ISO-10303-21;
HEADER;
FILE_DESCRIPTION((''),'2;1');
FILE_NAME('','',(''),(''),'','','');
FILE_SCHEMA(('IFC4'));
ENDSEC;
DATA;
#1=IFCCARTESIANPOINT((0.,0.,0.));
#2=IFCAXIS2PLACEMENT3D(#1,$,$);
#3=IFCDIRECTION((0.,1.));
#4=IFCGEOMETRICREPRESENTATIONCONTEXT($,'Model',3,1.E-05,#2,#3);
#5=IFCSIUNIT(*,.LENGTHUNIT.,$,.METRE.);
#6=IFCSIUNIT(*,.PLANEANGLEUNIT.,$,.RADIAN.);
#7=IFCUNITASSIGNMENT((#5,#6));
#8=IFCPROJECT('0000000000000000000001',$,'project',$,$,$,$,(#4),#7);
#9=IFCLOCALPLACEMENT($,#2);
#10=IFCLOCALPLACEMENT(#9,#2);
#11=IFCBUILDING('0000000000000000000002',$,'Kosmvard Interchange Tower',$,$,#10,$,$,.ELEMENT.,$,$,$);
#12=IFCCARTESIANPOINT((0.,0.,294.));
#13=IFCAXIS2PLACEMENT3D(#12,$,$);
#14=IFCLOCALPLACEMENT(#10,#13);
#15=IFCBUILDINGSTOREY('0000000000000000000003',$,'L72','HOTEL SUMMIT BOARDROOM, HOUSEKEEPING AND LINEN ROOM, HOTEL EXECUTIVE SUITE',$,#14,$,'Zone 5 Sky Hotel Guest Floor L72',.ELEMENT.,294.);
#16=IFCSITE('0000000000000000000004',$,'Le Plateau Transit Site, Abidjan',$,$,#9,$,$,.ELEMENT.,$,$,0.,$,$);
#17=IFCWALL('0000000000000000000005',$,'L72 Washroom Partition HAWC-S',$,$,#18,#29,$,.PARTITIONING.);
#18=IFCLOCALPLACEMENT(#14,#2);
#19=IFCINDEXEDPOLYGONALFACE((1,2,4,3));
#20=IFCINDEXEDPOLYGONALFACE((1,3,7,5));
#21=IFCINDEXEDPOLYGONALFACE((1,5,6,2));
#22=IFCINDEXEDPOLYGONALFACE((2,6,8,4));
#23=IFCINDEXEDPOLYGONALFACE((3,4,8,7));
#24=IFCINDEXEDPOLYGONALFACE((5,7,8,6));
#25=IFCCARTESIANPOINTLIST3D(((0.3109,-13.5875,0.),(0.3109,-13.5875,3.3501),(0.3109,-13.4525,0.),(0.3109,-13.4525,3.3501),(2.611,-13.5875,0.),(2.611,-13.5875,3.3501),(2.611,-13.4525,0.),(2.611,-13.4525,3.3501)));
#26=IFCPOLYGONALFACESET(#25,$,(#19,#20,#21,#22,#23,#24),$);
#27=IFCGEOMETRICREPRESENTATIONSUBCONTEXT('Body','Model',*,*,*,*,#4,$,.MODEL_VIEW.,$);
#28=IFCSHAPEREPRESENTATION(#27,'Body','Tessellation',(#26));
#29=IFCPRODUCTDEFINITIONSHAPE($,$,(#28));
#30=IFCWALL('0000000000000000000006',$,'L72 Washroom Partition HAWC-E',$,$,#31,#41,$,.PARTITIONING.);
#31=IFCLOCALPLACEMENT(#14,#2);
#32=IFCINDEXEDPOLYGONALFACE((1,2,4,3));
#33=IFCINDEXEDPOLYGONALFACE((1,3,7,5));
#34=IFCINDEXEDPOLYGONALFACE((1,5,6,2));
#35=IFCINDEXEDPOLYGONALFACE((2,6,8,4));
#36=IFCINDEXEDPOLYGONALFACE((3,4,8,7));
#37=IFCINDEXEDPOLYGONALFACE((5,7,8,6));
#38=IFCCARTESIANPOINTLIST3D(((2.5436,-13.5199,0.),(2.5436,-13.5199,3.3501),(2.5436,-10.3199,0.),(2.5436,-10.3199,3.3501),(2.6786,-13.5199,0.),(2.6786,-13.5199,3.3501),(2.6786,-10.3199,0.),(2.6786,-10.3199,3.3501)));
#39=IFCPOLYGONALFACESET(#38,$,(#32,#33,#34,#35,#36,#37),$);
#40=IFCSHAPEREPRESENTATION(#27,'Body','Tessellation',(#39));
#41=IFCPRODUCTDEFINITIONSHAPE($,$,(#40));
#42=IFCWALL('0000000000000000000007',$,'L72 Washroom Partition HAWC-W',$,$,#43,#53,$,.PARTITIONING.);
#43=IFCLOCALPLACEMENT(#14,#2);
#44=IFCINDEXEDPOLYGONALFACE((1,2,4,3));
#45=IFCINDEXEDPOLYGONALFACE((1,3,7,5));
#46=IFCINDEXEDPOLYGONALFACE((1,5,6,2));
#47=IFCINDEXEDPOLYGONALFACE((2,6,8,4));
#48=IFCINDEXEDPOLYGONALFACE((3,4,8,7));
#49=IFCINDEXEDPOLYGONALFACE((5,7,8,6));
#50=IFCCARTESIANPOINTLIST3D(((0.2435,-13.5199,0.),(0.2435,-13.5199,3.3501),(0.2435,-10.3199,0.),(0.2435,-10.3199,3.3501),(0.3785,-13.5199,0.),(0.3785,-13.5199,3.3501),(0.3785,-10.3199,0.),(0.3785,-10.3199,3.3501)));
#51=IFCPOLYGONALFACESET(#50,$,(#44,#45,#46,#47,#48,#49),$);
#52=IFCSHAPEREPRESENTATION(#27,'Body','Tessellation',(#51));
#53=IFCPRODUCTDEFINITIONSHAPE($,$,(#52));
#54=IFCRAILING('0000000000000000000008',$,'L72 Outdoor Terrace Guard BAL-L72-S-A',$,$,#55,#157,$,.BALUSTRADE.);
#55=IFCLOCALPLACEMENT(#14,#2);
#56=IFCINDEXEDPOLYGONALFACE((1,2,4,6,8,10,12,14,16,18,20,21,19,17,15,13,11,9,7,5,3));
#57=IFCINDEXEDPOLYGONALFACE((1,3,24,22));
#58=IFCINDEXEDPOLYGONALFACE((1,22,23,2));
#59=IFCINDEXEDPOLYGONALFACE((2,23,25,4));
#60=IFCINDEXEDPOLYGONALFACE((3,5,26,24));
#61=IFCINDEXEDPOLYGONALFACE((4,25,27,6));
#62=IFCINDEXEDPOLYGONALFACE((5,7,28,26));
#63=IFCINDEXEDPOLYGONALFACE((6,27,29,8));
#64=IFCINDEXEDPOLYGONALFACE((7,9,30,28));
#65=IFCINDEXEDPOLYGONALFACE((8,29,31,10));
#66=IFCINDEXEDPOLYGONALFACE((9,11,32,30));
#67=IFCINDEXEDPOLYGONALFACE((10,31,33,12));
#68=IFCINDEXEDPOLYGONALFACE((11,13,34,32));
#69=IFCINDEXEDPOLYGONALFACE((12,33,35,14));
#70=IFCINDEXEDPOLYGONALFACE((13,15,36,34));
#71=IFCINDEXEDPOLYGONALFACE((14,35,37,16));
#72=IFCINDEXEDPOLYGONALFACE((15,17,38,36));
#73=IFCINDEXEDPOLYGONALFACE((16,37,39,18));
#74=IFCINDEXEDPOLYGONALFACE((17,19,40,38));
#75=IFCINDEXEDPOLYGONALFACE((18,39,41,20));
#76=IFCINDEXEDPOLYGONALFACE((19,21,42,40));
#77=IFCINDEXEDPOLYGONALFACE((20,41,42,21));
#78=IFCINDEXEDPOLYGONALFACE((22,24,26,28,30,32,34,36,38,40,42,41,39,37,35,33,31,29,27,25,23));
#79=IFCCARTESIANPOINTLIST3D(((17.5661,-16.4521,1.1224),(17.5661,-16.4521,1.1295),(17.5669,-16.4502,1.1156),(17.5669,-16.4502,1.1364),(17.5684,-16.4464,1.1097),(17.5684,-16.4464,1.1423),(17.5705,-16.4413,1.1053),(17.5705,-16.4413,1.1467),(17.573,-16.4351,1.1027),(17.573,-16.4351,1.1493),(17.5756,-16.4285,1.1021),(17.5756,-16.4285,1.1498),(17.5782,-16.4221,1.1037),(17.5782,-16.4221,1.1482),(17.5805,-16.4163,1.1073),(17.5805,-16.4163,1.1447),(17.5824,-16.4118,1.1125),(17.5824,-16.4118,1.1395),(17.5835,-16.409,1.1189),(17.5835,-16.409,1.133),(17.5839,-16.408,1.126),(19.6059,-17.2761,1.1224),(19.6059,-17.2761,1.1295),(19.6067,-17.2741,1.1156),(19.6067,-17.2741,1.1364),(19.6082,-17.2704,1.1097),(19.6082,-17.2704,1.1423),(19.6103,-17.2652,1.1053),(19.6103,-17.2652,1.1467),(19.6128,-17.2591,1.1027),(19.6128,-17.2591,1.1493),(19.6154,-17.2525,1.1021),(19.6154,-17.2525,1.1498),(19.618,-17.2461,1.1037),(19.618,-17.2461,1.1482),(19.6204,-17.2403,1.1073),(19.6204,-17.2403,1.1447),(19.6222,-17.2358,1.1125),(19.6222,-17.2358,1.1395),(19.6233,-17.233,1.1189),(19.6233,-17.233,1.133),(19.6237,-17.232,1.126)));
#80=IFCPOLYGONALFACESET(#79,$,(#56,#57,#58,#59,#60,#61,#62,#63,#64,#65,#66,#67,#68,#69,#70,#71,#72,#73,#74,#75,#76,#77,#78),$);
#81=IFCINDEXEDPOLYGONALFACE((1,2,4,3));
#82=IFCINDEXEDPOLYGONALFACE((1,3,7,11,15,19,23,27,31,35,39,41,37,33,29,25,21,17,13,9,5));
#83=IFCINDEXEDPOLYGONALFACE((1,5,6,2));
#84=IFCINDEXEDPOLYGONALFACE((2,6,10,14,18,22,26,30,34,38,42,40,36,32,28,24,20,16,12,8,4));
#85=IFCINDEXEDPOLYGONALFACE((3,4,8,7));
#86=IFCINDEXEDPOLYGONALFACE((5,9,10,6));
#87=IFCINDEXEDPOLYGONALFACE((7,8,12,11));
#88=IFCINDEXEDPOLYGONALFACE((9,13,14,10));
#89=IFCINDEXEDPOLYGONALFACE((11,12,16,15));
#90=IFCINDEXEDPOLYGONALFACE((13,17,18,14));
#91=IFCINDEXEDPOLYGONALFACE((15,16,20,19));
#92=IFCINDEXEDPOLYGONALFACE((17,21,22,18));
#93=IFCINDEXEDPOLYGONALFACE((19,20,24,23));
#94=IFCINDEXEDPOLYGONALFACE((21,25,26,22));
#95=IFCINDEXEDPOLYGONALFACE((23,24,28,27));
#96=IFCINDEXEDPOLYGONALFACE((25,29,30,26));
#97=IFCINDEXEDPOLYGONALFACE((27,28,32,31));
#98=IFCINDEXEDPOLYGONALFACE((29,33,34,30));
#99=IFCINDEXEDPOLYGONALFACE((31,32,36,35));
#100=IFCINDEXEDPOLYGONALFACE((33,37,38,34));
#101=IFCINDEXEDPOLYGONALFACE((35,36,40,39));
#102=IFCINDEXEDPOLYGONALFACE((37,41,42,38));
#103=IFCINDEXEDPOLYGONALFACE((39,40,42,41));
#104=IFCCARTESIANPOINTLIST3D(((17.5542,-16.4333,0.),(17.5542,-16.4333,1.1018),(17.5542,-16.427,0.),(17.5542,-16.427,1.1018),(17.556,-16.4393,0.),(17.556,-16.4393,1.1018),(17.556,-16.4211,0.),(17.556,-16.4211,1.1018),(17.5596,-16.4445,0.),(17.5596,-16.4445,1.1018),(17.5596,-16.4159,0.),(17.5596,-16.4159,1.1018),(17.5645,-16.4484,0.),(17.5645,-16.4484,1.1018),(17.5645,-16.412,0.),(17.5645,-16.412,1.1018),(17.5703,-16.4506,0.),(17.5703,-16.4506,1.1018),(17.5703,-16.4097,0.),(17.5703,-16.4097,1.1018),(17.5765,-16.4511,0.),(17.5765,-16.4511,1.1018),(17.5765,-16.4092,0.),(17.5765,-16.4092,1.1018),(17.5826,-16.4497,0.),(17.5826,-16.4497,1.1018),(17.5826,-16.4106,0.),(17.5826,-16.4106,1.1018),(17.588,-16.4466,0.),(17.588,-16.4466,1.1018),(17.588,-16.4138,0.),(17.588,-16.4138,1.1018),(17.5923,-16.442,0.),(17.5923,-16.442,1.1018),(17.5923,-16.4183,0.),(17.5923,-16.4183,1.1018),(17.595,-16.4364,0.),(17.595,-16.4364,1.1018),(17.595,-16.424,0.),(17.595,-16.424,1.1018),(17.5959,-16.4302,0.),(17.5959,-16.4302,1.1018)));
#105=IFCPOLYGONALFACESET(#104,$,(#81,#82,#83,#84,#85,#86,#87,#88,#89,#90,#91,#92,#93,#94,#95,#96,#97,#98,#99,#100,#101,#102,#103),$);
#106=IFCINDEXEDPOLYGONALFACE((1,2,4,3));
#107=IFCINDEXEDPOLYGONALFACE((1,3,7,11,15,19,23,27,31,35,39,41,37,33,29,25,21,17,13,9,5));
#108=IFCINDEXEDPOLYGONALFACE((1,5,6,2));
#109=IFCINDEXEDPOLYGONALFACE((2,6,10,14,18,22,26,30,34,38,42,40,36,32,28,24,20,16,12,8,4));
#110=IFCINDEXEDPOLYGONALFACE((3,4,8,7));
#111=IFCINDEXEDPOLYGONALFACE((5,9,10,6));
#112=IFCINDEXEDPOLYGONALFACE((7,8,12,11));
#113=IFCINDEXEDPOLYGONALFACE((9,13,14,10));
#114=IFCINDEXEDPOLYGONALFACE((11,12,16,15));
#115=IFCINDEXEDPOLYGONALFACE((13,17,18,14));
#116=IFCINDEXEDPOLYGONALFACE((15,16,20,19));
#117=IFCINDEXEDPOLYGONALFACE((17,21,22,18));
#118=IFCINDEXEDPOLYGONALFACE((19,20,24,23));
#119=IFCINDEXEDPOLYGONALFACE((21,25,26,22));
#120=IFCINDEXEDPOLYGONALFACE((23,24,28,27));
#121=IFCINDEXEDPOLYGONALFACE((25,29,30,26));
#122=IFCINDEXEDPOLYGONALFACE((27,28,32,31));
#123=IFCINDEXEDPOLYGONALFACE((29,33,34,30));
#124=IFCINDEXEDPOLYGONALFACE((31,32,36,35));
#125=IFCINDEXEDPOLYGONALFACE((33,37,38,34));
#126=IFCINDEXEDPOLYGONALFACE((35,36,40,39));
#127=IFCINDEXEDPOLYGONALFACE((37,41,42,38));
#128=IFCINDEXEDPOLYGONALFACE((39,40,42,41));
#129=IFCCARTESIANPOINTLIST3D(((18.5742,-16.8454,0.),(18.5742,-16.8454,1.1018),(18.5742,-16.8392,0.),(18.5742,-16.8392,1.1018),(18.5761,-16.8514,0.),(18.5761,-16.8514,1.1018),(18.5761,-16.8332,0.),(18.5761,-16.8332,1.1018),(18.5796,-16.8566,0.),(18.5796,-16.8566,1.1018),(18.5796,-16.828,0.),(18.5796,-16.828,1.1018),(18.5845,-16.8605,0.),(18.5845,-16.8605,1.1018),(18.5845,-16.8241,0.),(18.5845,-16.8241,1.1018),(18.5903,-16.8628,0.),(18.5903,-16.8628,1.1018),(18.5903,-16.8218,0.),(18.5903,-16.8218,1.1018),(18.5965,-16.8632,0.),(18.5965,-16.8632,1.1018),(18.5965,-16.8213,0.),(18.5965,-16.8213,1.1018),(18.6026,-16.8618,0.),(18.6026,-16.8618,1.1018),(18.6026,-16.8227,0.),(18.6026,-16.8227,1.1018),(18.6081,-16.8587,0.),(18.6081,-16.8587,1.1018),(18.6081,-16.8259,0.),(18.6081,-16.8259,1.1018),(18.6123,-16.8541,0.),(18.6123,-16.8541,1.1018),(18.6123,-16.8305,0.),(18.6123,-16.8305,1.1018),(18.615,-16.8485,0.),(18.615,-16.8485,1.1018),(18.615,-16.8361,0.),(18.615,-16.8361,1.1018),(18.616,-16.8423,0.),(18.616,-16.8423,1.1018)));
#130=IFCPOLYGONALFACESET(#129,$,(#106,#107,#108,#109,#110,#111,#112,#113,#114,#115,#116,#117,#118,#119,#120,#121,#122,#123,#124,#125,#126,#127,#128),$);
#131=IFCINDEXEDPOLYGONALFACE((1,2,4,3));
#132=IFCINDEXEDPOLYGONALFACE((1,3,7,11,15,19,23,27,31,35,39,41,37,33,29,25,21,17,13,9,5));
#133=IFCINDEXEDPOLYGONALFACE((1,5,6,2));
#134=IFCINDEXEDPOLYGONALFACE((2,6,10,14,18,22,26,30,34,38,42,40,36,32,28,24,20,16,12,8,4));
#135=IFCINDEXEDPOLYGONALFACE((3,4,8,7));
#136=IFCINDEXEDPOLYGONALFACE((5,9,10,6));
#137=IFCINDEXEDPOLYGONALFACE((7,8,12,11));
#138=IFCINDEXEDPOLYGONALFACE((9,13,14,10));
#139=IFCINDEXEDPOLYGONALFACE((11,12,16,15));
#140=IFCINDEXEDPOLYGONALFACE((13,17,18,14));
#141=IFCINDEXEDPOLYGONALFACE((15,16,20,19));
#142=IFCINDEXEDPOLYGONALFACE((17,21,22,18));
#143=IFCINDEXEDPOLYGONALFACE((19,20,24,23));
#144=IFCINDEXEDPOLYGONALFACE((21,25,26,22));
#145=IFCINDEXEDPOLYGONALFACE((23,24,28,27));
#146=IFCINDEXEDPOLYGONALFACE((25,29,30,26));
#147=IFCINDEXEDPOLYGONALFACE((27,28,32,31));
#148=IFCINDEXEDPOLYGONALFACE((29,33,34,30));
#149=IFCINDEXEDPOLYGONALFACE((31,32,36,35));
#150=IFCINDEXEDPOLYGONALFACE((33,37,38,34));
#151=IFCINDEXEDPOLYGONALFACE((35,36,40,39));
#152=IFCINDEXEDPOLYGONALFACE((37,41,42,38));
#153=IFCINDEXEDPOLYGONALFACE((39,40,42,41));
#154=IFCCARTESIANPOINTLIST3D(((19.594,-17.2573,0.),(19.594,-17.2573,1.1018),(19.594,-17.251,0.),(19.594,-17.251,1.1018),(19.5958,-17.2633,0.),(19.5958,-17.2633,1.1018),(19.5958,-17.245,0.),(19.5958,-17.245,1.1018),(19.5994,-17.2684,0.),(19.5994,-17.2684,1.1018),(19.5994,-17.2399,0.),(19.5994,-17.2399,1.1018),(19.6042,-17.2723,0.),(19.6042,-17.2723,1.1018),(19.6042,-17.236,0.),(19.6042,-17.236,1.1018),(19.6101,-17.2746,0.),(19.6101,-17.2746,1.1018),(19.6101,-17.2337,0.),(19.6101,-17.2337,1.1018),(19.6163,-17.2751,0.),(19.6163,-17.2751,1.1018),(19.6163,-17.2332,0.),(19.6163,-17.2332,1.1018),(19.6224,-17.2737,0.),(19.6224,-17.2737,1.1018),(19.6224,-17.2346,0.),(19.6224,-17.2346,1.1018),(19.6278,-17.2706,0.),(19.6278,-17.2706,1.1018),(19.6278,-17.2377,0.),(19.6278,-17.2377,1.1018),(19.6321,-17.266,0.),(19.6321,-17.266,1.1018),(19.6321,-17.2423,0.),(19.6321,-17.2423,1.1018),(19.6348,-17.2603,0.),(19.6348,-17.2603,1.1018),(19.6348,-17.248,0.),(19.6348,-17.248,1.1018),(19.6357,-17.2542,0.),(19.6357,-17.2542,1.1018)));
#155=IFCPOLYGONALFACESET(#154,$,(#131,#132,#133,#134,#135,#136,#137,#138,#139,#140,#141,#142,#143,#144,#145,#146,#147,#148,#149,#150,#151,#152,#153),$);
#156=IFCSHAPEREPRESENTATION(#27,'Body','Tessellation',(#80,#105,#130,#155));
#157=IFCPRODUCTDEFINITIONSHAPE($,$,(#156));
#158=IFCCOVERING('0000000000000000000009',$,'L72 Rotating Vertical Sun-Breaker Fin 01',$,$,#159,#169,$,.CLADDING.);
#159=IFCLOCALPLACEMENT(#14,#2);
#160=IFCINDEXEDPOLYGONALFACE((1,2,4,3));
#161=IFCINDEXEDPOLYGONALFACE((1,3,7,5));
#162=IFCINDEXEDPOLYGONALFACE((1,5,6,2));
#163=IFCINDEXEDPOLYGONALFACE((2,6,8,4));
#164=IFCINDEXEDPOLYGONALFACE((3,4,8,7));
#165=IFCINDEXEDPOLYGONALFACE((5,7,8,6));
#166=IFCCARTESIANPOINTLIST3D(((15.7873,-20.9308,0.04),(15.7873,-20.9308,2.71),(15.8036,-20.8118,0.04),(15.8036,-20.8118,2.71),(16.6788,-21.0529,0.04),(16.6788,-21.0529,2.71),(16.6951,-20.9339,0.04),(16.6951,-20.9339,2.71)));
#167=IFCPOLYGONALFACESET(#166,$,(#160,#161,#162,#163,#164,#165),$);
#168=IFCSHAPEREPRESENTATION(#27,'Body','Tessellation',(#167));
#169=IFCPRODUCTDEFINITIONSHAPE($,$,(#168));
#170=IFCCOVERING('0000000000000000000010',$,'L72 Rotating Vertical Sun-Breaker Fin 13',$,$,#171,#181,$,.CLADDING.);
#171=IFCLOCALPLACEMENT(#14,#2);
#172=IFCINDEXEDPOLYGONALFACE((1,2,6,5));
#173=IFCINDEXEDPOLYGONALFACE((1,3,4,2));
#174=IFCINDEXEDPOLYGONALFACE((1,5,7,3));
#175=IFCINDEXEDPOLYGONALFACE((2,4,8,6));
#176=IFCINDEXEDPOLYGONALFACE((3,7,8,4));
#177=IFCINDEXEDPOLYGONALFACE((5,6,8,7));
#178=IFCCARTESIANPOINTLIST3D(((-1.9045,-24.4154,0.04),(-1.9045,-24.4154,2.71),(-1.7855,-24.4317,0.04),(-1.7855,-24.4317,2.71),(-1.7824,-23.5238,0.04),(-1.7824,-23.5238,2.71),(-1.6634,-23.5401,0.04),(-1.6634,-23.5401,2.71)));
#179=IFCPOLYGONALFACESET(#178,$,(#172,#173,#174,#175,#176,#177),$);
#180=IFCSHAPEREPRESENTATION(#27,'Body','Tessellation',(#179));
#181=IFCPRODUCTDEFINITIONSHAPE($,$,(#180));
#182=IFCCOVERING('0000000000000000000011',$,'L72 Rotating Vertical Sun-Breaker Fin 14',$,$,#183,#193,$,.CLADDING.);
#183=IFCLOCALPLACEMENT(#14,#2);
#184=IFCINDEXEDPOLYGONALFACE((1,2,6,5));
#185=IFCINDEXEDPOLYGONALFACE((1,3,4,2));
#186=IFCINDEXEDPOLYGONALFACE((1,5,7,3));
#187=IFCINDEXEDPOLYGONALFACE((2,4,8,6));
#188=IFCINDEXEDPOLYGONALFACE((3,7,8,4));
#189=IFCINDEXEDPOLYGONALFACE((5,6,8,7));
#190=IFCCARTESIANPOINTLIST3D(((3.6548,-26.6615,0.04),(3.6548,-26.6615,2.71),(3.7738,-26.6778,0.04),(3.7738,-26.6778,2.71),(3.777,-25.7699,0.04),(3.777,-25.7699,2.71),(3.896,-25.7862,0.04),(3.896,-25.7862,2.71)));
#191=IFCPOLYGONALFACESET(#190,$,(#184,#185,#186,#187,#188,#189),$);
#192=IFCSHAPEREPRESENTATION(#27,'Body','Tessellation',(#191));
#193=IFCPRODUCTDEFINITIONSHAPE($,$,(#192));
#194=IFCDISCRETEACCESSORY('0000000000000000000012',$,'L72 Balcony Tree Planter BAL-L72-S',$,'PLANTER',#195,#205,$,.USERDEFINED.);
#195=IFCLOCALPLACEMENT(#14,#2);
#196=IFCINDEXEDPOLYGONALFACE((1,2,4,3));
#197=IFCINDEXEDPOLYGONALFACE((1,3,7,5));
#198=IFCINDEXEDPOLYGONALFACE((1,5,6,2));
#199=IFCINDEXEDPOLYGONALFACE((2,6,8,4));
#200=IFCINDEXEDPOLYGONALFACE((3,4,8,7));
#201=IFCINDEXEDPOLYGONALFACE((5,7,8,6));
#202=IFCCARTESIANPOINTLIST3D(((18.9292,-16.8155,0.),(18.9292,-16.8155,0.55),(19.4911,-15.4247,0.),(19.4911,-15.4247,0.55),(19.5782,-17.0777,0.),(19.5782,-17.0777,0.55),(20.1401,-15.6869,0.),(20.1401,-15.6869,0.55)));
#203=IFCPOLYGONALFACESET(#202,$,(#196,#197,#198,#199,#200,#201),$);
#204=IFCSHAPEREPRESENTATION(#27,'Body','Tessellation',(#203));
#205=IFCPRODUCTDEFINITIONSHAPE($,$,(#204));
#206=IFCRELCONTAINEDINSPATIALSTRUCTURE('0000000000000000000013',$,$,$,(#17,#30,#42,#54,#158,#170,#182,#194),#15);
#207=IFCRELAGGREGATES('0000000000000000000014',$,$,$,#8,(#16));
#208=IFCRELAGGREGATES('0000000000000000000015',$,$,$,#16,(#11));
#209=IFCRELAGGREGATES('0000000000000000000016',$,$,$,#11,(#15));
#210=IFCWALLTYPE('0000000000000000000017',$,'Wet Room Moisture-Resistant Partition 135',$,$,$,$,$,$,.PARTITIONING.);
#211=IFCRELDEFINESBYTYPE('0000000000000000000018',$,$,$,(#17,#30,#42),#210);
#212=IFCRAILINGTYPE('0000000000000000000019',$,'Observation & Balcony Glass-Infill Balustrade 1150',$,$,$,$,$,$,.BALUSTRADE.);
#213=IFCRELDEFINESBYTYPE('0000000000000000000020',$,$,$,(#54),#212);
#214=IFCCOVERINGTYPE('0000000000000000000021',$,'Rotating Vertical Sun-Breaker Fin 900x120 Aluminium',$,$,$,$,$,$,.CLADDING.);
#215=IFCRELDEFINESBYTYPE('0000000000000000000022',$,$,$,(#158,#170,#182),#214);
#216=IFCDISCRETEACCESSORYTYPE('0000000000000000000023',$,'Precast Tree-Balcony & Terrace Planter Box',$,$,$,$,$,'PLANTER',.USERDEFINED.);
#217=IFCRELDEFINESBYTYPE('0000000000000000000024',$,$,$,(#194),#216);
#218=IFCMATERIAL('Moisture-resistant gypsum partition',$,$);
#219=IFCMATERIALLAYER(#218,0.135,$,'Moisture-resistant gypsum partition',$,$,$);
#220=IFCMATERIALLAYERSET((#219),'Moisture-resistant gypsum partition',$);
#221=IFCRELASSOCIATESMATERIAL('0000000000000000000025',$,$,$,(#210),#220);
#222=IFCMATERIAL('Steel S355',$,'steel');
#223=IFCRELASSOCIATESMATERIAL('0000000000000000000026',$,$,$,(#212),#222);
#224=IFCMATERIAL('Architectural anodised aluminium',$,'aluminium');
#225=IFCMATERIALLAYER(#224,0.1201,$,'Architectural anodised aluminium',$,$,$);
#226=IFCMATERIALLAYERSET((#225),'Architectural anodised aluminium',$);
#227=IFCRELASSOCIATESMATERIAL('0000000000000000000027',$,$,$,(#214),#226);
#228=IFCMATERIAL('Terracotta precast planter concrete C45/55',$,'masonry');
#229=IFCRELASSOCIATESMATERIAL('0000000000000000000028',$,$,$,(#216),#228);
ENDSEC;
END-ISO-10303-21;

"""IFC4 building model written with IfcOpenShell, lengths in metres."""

from ifc_helpers import new_model, si_unit, direction, frame, frame_2d, origin, origin_2d, place, context, subcontext, project, spatial, rectangle, circle, extrude, source, transform, mapped, material, layer, layer_set, type_object, element, save


model = new_model("IFC4")

# Units and contexts
model_context = context("Model", 3, precision=1e-05, world=origin(), true_north=direction((0.0, 1.0)))
body_context = subcontext(model_context, "Body", "Model", "MODEL_VIEW")
ifc_project = project(units=[si_unit("LENGTHUNIT", "METRE"), si_unit("PLANEANGLEUNIT", "RADIAN")], contexts=[model_context])

# Site, building, storey
site_placement = place(None, origin())
site = spatial("IfcSite", under=ifc_project, at=site_placement, Name="Le Plateau Transit Site, Abidjan", CompositionType="ELEMENT", RefElevation=0.0)
building_placement = place(site_placement, origin())
building = spatial("IfcBuilding", under=site, at=building_placement, Name="Kosmvard Interchange Tower", CompositionType="ELEMENT")
storey_placement = place(building_placement, frame((0.0, 0.0, 294.0)))
storey = spatial("IfcBuildingStorey", under=building, at=storey_placement, Name="L72", Description="HOTEL SUMMIT BOARDROOM, HOUSEKEEPING AND LINEN ROOM, HOTEL EXECUTIVE SUITE", LongName="Zone 5 Sky Hotel Guest Floor L72", CompositionType="ELEMENT", Elevation=294.0)

# Shared definitions
ifc_material_1 = material(Name="Steel S355", Category="steel")

# Walls
ifc_material_2 = material(Name="Moisture-resistant gypsum partition")
ifc_layer_1 = layer(ifc_material_2, 0.135, Name="Moisture-resistant gypsum partition")
ifc_layer_set_1 = layer_set([ifc_layer_1], Name="Moisture-resistant gypsum partition")
wall_type_1 = type_object("IfcWallType", Name="Wet Room Moisture-Resistant Partition 135", PredefinedType="PARTITIONING", material=ifc_layer_set_1)
wall_1_placement = place(storey_placement, frame((0.311, -13.52, 0.0), z_axis=(0.0, 0.0, 1.0), x_axis=(1.0, 0.0, 0.0)))
element("IfcWall", 1, at=wall_1_placement, inside=storey, type_object=wall_type_1, Name="L72 Washroom Partition HAWC-S", PredefinedType="PARTITIONING", context=body_context, shape_type="SweptSolid", body=[
    extrude(rectangle(XDim=2.3, YDim=0.135, at=frame_2d((1.1499, 0.0))), origin(), (0.0, 0.0, 1.0), 3.3501),
])
for number, where, z_axis, x_axis, name in (
    (2, (2.6111, -13.52, 0.0), (0.0, 0.0, 1.0), (0.0, 1.0, 0.0), "L72 Washroom Partition HAWC-E"),
    (3, (0.311, -13.52, 0.0), (0.0, 0.0, 1.0), (0.0, 1.0, 0.0), "L72 Washroom Partition HAWC-W"),
):
    element("IfcWall", number, at=place(storey_placement, frame(where, z_axis=z_axis, x_axis=x_axis)), inside=storey, type_object=wall_type_1, Name=name, PredefinedType="PARTITIONING", context=body_context, shape_type="SweptSolid", body=[
        extrude(rectangle(XDim=3.2, YDim=0.135, at=frame_2d((1.6001, 0.0))), origin(), (0.0, 0.0, 1.0), 3.3501),
    ])

# Railing
railing_type = type_object("IfcRailingType", Name="Observation & Balcony Glass-Infill Balustrade 1150", PredefinedType="BALUSTRADE", material=ifc_material_1)
shared_shape_1 = source(origin(), body_context, "Body", "SweptSolid", [
    extrude(circle(Radius=0.0239, at=origin_2d()), frame((0.0, 0.0, 1.126), z_axis=(0.927208, -0.374546, 0.0), x_axis=(0.374546, 0.927208, 0.0)), (0.0, 0.0, 1.0), 2.2),
    extrude(circle(Radius=0.021, at=origin_2d()), origin(), (0.0, 0.0, 1.0), 1.1018),
    extrude(circle(Radius=0.021, at=origin_2d()), frame((1.02, -0.4121, 0.0)), (0.0, 0.0, 1.0), 1.1018),
    extrude(circle(Radius=0.021, at=origin_2d()), frame((2.0398, -0.824, 0.0)), (0.0, 0.0, 1.0), 1.1018),
])
railing_1_placement = place(storey_placement, frame((17.575, -16.4302, 0.0)))
element("IfcRailing", 4, at=railing_1_placement, inside=storey, type_object=railing_type, Name="L72 Outdoor Terrace Guard BAL-L72-S-A", PredefinedType="BALUSTRADE", context=body_context, shape_type="MappedRepresentation", body=[
    mapped(shared_shape_1, transform((0.0, 0.0, 0.0), scale=1.0)),
])

# Coverings
ifc_material_3 = material(Name="Architectural anodised aluminium", Category="aluminium")
ifc_layer_2 = layer(ifc_material_3, 0.1201, Name="Architectural anodised aluminium")
ifc_layer_set_2 = layer_set([ifc_layer_2], Name="Architectural anodised aluminium")
covering_type = type_object("IfcCoveringType", Name="Rotating Vertical Sun-Breaker Fin 900x120 Aluminium", PredefinedType="CLADDING", material=ifc_layer_set_2)
shared_shape_2 = source(origin(), body_context, "Body", "SweptSolid", [
    extrude(rectangle(XDim=0.8999, YDim=0.1201, at=origin_2d()), origin(), (0.0, 0.0, 1.0), 2.6699),
])
for number, where, z_axis, x_axis, name in (
    (5, (16.2412, -20.9324, 0.04), (0.0, 0.0, 1.0), (0.990748, -0.135716, 0.0), "L72 Rotating Vertical Sun-Breaker Fin 01"),
    (6, (-1.7839, -23.9778, 0.04), (0.0, 0.0, 1.0), (-0.135716, -0.990748, 0.0), "L72 Rotating Vertical Sun-Breaker Fin 13"),
    (7, (3.7754, -26.2239, 0.04), (0.0, 0.0, 1.0), (-0.135716, -0.990748, 0.0), "L72 Rotating Vertical Sun-Breaker Fin 14"),
):
    element("IfcCovering", number, at=place(storey_placement, frame(where, z_axis=z_axis, x_axis=x_axis)), inside=storey, type_object=covering_type, Name=name, PredefinedType="CLADDING", context=body_context, shape_type="MappedRepresentation", body=[
        mapped(shared_shape_2, transform((0.0, 0.0, 0.0), scale=1.0)),
    ])

# Discrete accessory
ifc_material_4 = material(Name="Terracotta precast planter concrete C45/55", Category="masonry")
discrete_accessory_type = type_object("IfcDiscreteAccessoryType", Name="Precast Tree-Balcony & Terrace Planter Box", ElementType="PLANTER", PredefinedType="USERDEFINED", material=ifc_material_4)
shared_shape_3 = source(origin(), body_context, "Body", "SweptSolid", [
    extrude(rectangle(XDim=1.5, YDim=0.7, at=origin_2d()), origin(), (0.0, 0.0, 1.0), 0.55),
])
discrete_accessory_placement = place(storey_placement, frame((19.5347, -16.2512, 0.0), z_axis=(0.0, 0.0, 1.0), x_axis=(0.374607, 0.927184, 0.0)))
element("IfcDiscreteAccessory", 8, at=discrete_accessory_placement, inside=storey, type_object=discrete_accessory_type, Name="L72 Balcony Tree Planter BAL-L72-S", ObjectType="PLANTER", PredefinedType="USERDEFINED", context=body_context, shape_type="MappedRepresentation", body=[
    mapped(shared_shape_3, transform((0.0, 0.0, 0.0), scale=1.0)),
])

save(model, "model.ifc")
